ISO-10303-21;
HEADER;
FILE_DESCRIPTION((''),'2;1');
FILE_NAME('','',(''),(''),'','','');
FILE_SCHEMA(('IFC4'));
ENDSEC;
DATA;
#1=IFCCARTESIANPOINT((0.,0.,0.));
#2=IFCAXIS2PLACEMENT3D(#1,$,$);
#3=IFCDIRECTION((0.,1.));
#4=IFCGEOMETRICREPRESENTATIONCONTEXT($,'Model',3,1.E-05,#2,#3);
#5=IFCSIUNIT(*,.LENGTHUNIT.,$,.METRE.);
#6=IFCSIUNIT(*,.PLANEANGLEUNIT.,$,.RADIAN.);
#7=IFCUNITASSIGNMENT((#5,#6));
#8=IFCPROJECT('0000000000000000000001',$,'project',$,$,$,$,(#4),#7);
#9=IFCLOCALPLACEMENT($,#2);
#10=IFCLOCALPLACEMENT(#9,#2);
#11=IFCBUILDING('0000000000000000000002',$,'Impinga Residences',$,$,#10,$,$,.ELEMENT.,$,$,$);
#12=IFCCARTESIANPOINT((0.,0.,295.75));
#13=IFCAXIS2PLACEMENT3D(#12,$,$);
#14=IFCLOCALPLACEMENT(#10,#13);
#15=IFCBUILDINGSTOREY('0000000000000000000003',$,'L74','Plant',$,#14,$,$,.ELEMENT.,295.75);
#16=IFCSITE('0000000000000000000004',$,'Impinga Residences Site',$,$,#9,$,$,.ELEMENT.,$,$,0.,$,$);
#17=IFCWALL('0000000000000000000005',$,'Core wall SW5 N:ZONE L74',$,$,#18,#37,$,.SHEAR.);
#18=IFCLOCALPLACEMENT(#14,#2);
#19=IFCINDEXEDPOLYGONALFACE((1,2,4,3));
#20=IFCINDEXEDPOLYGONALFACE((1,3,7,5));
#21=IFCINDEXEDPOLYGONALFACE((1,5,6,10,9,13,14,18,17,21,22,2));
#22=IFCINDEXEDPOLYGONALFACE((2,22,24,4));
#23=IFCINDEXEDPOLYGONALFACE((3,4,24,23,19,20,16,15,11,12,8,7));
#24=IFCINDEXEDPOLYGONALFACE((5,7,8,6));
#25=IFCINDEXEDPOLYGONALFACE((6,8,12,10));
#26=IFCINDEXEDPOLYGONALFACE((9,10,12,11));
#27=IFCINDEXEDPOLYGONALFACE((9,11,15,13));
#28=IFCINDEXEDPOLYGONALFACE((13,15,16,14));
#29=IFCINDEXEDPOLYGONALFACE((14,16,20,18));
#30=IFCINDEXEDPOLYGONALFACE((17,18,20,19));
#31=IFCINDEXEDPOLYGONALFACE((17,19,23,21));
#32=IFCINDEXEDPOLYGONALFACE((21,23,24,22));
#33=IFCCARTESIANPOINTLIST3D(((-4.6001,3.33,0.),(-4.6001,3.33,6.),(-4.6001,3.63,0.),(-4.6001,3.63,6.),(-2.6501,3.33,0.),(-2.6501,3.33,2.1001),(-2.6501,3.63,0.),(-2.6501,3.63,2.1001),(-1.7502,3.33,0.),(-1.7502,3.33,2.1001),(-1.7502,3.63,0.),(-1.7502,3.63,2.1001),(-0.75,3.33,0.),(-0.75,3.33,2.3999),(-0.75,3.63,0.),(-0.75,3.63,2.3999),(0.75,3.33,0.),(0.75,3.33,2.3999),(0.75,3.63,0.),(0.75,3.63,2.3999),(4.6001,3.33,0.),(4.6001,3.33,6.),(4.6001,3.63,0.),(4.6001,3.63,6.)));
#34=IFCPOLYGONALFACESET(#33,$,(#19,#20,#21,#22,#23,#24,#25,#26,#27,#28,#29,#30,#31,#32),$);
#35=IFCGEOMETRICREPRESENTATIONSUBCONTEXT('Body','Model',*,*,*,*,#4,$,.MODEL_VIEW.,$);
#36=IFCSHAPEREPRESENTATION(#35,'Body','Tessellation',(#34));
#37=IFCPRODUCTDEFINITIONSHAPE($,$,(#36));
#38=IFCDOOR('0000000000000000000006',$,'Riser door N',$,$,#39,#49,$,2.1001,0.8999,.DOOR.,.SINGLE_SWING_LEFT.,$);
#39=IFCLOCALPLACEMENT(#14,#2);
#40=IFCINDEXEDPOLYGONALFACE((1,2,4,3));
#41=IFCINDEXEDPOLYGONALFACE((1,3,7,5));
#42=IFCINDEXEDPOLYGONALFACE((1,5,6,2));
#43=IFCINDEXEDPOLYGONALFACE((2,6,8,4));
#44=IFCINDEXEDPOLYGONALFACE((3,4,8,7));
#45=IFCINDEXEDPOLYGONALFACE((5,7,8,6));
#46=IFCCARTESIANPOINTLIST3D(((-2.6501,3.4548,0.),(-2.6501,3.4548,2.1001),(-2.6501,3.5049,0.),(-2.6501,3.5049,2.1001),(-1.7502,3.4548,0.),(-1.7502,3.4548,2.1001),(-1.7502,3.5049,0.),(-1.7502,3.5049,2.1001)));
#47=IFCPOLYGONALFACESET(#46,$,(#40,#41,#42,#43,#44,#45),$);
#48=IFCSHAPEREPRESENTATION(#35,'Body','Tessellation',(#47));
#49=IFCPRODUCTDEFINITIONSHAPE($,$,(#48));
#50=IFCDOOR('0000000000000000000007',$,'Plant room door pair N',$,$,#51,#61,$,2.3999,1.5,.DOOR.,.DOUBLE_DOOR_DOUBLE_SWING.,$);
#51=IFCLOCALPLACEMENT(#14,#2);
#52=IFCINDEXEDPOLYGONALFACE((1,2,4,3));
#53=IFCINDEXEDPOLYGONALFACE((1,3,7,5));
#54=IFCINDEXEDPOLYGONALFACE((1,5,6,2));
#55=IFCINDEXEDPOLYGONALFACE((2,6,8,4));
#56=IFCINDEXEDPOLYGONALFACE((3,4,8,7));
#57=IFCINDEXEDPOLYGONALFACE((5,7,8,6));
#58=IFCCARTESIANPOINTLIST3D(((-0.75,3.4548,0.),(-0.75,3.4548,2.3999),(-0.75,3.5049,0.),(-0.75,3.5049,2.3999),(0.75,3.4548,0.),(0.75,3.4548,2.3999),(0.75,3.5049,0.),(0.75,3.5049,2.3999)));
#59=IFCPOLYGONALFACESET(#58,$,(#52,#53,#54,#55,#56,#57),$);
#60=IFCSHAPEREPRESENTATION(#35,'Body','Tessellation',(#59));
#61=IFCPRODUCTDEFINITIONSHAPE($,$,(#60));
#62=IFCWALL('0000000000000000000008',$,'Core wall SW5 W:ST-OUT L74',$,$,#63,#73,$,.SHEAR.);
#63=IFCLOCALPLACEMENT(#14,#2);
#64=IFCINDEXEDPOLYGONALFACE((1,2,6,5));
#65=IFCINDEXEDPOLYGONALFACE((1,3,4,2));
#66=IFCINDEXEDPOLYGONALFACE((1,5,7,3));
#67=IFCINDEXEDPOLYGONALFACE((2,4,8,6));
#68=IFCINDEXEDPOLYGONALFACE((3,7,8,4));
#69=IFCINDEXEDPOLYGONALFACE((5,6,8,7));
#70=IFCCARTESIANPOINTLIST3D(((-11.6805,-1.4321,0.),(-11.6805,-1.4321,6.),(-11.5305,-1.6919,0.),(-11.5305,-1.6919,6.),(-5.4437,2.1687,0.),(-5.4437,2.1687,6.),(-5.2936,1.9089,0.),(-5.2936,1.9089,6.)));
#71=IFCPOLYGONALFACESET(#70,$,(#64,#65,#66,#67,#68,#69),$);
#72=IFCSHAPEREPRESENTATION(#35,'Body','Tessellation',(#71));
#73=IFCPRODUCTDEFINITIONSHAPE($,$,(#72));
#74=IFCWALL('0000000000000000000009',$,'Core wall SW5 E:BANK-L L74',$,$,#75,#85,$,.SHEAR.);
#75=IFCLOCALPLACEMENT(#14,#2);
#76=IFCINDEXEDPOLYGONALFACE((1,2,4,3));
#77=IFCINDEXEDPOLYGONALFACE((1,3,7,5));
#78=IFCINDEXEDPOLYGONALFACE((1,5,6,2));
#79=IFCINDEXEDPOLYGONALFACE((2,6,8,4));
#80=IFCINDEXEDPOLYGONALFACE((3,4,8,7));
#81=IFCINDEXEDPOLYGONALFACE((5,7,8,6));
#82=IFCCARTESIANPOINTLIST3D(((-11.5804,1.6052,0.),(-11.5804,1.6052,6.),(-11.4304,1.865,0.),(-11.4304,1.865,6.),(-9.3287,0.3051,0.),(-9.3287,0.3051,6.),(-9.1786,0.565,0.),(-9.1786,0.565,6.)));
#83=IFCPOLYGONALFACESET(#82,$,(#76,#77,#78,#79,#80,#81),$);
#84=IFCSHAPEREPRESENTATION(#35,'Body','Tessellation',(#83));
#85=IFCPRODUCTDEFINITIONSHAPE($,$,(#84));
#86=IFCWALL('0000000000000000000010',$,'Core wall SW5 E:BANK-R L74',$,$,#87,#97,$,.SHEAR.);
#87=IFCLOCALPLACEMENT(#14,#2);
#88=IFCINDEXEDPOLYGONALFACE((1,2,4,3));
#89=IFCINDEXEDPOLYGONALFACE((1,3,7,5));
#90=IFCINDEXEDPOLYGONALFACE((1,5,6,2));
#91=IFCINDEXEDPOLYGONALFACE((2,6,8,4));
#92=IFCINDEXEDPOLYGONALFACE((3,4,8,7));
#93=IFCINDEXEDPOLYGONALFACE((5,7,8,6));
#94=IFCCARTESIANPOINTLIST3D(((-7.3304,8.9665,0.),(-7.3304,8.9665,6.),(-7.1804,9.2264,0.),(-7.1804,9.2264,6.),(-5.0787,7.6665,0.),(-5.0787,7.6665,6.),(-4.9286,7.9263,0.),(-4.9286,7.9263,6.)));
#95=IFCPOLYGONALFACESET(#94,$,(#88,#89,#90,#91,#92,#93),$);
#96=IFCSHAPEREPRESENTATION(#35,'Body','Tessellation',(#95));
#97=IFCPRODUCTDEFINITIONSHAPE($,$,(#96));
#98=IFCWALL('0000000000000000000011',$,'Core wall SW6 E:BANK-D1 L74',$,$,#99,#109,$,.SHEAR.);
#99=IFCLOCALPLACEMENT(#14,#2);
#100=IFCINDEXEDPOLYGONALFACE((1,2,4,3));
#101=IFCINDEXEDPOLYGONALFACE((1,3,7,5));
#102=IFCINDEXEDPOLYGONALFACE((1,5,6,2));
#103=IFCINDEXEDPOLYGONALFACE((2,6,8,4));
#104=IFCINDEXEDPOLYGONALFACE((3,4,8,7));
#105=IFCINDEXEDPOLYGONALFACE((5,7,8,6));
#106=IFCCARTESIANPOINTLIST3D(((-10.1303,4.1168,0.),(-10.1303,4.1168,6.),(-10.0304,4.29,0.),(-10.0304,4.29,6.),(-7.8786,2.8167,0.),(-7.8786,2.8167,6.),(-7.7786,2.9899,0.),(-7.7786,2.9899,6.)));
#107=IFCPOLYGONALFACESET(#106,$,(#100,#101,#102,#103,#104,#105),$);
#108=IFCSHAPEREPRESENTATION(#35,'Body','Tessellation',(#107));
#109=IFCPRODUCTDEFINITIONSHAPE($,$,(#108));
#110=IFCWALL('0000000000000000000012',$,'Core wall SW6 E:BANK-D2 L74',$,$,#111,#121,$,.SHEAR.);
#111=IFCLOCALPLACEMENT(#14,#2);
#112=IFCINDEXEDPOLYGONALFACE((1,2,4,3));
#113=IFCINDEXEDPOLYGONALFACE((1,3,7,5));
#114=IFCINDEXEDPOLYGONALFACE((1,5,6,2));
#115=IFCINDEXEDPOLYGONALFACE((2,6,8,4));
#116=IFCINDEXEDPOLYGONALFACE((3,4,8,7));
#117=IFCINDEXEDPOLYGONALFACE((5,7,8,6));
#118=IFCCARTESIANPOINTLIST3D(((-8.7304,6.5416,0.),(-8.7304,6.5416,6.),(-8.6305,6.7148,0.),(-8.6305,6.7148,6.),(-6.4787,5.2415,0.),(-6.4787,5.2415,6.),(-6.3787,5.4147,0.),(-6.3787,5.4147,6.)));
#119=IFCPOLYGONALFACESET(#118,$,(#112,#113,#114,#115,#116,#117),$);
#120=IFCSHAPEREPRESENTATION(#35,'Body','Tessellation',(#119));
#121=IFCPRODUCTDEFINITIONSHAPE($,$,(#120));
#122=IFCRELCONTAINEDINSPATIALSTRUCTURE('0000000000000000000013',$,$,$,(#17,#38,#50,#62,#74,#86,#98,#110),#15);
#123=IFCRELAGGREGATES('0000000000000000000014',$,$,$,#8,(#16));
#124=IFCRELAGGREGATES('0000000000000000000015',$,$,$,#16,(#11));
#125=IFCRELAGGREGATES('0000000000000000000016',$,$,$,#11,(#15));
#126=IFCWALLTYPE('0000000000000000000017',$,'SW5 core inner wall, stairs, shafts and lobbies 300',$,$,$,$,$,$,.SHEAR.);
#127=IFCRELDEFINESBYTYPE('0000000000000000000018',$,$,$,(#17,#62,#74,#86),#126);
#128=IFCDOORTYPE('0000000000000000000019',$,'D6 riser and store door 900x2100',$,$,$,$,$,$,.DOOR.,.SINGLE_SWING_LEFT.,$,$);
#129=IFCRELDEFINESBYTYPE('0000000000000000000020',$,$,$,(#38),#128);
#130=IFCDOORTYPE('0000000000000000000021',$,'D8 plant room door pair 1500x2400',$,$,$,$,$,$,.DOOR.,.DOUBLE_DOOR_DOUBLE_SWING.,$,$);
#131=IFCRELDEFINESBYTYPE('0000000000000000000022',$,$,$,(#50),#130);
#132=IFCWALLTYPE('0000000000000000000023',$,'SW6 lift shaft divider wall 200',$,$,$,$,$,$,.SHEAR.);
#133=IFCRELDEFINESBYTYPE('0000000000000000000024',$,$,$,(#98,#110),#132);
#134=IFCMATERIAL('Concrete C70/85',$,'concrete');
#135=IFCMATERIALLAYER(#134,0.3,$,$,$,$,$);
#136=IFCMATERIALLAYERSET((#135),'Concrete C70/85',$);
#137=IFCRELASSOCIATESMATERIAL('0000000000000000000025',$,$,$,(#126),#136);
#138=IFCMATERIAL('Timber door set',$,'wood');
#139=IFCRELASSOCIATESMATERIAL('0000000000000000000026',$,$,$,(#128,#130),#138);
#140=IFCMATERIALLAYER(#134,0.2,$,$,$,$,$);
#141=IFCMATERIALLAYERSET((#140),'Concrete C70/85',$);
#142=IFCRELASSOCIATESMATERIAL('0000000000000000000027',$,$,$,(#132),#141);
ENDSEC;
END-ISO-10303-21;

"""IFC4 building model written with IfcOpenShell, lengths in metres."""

from ifc_helpers import new_model, si_unit, direction, frame, frame_2d, origin, place, context, subcontext, project, spatial, rectangle, extrude, material, layer, layer_set, type_object, element, fill, save


model = new_model("IFC4")

# Units and contexts
model_context = context("Model", 3, precision=1e-05, world=origin(), true_north=direction((0.0, 1.0)))
body_context = subcontext(model_context, "Body", "Model", "MODEL_VIEW")
ifc_project = project(units=[si_unit("LENGTHUNIT", "METRE"), si_unit("PLANEANGLEUNIT", "RADIAN")], contexts=[model_context])

# Site, building, storey
site_placement = place(None, origin())
site = spatial("IfcSite", under=ifc_project, at=site_placement, Name="Impinga Residences Site", CompositionType="ELEMENT", RefElevation=0.0)
building_placement = place(site_placement, origin())
building = spatial("IfcBuilding", under=site, at=building_placement, Name="Impinga Residences", CompositionType="ELEMENT")
storey_placement = place(building_placement, frame((0.0, 0.0, 295.75)))
storey = spatial("IfcBuildingStorey", under=building, at=storey_placement, Name="L74", Description="Plant", CompositionType="ELEMENT", Elevation=295.75)

# Wall, openings, doors
ifc_material_1 = material(Name="Concrete C70/85", Category="concrete")
ifc_layer_1 = layer(ifc_material_1, 0.3)
ifc_layer_set_1 = layer_set([ifc_layer_1], Name="Concrete C70/85")
wall_type_1 = type_object("IfcWallType", Name="SW5 core inner wall, stairs, shafts and lobbies 300", PredefinedType="SHEAR", material=ifc_layer_set_1)
wall_1_placement = place(storey_placement, frame((-4.6001, 3.48, 0.0), z_axis=(0.0, 0.0, 1.0), x_axis=(1.0, 0.0, 0.0)))
wall_1 = element("IfcWall", 1, at=wall_1_placement, inside=storey, type_object=wall_type_1, Name="Core wall SW5 N:ZONE L74", PredefinedType="SHEAR", context=body_context, shape_type="SweptSolid", body=[
    extrude(rectangle(XDim=9.2002, YDim=0.3, at=frame_2d((4.6001, 0.0))), origin(), (0.0, 0.0, 1.0), 6.0),
])
opening_1_placement = place(wall_1_placement, frame((3.8501, 0.0, 0.0)))
opening_1 = element("IfcOpeningElement", 2, at=opening_1_placement, cuts=wall_1, PredefinedType="OPENING", context=body_context, shape_type="SweptSolid", body=[
    extrude(rectangle(XDim=1.5, YDim=2.3999, at=frame_2d((0.75, 1.2))), frame((0.0, 0.1599, 0.0), z_axis=(0.0, -1.0, 0.0), x_axis=(1.0, 0.0, 0.0)), (0.0, 0.0, 1.0), 0.3201),
])
opening_2_placement = place(wall_1_placement, frame((1.95, 0.0, 0.0)))
opening_2 = element("IfcOpeningElement", 3, at=opening_2_placement, cuts=wall_1, PredefinedType="OPENING", context=body_context, shape_type="SweptSolid", body=[
    extrude(rectangle(XDim=0.8999, YDim=2.1001, at=frame_2d((0.45, 1.05))), frame((0.0, 0.1599, 0.0), z_axis=(0.0, -1.0, 0.0), x_axis=(1.0, 0.0, 0.0)), (0.0, 0.0, 1.0), 0.3201),
])
ifc_material_2 = material(Name="Timber door set", Category="wood")
door_type_1 = type_object("IfcDoorType", Name="D6 riser and store door 900x2100", OperationType="SINGLE_SWING_LEFT", PredefinedType="DOOR", material=ifc_material_2)
door_1_placement = place(opening_2_placement, origin())
door_1 = element("IfcDoor", 4, at=door_1_placement, inside=storey, type_object=door_type_1, Name="Riser door N", OperationType="SINGLE_SWING_LEFT", OverallHeight=2.1001, OverallWidth=0.8999, PredefinedType="DOOR", context=body_context, shape_type="SweptSolid", body=[
    extrude(rectangle(XDim=0.8999, YDim=2.1001, at=frame_2d((0.45, 1.05))), frame((0.0, 0.0249, 0.0), z_axis=(0.0, -1.0, 0.0), x_axis=(1.0, 0.0, 0.0)), (0.0, 0.0, 1.0), 0.05),
])
fill(opening_2, door_1)
door_type_2 = type_object("IfcDoorType", Name="D8 plant room door pair 1500x2400", OperationType="DOUBLE_DOOR_DOUBLE_SWING", PredefinedType="DOOR", material=ifc_material_2)
door_2_placement = place(opening_1_placement, origin())
door_2 = element("IfcDoor", 5, at=door_2_placement, inside=storey, type_object=door_type_2, Name="Plant room door pair N", OperationType="DOUBLE_DOOR_DOUBLE_SWING", OverallHeight=2.3999, OverallWidth=1.5, PredefinedType="DOOR", context=body_context, shape_type="SweptSolid", body=[
    extrude(rectangle(XDim=1.5, YDim=2.3999, at=frame_2d((0.75, 1.2))), frame((0.0, 0.0249, 0.0), z_axis=(0.0, -1.0, 0.0), x_axis=(1.0, 0.0, 0.0)), (0.0, 0.0, 1.0), 0.05),
])
fill(opening_1, door_2)

# Walls
wall_2_placement = place(storey_placement, frame((-5.3687, 2.0388, 0.0), z_axis=(0.0, 0.0, 1.0), x_axis=(-0.866025, -0.5, 0.0)))
element("IfcWall", 6, at=wall_2_placement, inside=storey, type_object=wall_type_1, Name="Core wall SW5 W:ST-OUT L74", PredefinedType="SHEAR", context=body_context, shape_type="SweptSolid", body=[
    extrude(rectangle(XDim=7.2017, YDim=0.3, at=frame_2d((3.6008, 0.0))), origin(), (0.0, 0.0, 1.0), 6.0),
])
for number, where, z_axis, x_axis, name in (
    (7, (-9.2537, 0.4351, 0.0), (0.0, 0.0, 1.0), (-0.866021, 0.500007, 0.0), "Core wall SW5 E:BANK-L L74"),
    (8, (-5.0037, 7.7964, 0.0), (0.0, 0.0, 1.0), (-0.866021, 0.500007, 0.0), "Core wall SW5 E:BANK-R L74"),
):
    element("IfcWall", number, at=place(storey_placement, frame(where, z_axis=z_axis, x_axis=x_axis)), inside=storey, type_object=wall_type_1, Name=name, PredefinedType="SHEAR", context=body_context, shape_type="SweptSolid", body=[
        extrude(rectangle(XDim=2.6001, YDim=0.3, at=frame_2d((1.3, 0.0))), origin(), (0.0, 0.0, 1.0), 6.0),
    ])
ifc_layer_2 = layer(ifc_material_1, 0.2)
ifc_layer_set_2 = layer_set([ifc_layer_2], Name="Concrete C70/85")
wall_type_2 = type_object("IfcWallType", Name="SW6 lift shaft divider wall 200", PredefinedType="SHEAR", material=ifc_layer_set_2)
for number, where, z_axis, x_axis, name in (
    (9, (-7.8286, 2.9033, 0.0), (0.0, 0.0, 1.0), (-0.866021, 0.500007, 0.0), "Core wall SW6 E:BANK-D1 L74"),
    (10, (-6.4287, 5.3281, 0.0), (0.0, 0.0, 1.0), (-0.866021, 0.500007, 0.0), "Core wall SW6 E:BANK-D2 L74"),
):
    element("IfcWall", number, at=place(storey_placement, frame(where, z_axis=z_axis, x_axis=x_axis)), inside=storey, type_object=wall_type_2, Name=name, PredefinedType="SHEAR", context=body_context, shape_type="SweptSolid", body=[
        extrude(rectangle(XDim=2.6001, YDim=0.2, at=frame_2d((1.3, 0.0))), origin(), (0.0, 0.0, 1.0), 6.0),
    ])

save(model, "model.ifc")
